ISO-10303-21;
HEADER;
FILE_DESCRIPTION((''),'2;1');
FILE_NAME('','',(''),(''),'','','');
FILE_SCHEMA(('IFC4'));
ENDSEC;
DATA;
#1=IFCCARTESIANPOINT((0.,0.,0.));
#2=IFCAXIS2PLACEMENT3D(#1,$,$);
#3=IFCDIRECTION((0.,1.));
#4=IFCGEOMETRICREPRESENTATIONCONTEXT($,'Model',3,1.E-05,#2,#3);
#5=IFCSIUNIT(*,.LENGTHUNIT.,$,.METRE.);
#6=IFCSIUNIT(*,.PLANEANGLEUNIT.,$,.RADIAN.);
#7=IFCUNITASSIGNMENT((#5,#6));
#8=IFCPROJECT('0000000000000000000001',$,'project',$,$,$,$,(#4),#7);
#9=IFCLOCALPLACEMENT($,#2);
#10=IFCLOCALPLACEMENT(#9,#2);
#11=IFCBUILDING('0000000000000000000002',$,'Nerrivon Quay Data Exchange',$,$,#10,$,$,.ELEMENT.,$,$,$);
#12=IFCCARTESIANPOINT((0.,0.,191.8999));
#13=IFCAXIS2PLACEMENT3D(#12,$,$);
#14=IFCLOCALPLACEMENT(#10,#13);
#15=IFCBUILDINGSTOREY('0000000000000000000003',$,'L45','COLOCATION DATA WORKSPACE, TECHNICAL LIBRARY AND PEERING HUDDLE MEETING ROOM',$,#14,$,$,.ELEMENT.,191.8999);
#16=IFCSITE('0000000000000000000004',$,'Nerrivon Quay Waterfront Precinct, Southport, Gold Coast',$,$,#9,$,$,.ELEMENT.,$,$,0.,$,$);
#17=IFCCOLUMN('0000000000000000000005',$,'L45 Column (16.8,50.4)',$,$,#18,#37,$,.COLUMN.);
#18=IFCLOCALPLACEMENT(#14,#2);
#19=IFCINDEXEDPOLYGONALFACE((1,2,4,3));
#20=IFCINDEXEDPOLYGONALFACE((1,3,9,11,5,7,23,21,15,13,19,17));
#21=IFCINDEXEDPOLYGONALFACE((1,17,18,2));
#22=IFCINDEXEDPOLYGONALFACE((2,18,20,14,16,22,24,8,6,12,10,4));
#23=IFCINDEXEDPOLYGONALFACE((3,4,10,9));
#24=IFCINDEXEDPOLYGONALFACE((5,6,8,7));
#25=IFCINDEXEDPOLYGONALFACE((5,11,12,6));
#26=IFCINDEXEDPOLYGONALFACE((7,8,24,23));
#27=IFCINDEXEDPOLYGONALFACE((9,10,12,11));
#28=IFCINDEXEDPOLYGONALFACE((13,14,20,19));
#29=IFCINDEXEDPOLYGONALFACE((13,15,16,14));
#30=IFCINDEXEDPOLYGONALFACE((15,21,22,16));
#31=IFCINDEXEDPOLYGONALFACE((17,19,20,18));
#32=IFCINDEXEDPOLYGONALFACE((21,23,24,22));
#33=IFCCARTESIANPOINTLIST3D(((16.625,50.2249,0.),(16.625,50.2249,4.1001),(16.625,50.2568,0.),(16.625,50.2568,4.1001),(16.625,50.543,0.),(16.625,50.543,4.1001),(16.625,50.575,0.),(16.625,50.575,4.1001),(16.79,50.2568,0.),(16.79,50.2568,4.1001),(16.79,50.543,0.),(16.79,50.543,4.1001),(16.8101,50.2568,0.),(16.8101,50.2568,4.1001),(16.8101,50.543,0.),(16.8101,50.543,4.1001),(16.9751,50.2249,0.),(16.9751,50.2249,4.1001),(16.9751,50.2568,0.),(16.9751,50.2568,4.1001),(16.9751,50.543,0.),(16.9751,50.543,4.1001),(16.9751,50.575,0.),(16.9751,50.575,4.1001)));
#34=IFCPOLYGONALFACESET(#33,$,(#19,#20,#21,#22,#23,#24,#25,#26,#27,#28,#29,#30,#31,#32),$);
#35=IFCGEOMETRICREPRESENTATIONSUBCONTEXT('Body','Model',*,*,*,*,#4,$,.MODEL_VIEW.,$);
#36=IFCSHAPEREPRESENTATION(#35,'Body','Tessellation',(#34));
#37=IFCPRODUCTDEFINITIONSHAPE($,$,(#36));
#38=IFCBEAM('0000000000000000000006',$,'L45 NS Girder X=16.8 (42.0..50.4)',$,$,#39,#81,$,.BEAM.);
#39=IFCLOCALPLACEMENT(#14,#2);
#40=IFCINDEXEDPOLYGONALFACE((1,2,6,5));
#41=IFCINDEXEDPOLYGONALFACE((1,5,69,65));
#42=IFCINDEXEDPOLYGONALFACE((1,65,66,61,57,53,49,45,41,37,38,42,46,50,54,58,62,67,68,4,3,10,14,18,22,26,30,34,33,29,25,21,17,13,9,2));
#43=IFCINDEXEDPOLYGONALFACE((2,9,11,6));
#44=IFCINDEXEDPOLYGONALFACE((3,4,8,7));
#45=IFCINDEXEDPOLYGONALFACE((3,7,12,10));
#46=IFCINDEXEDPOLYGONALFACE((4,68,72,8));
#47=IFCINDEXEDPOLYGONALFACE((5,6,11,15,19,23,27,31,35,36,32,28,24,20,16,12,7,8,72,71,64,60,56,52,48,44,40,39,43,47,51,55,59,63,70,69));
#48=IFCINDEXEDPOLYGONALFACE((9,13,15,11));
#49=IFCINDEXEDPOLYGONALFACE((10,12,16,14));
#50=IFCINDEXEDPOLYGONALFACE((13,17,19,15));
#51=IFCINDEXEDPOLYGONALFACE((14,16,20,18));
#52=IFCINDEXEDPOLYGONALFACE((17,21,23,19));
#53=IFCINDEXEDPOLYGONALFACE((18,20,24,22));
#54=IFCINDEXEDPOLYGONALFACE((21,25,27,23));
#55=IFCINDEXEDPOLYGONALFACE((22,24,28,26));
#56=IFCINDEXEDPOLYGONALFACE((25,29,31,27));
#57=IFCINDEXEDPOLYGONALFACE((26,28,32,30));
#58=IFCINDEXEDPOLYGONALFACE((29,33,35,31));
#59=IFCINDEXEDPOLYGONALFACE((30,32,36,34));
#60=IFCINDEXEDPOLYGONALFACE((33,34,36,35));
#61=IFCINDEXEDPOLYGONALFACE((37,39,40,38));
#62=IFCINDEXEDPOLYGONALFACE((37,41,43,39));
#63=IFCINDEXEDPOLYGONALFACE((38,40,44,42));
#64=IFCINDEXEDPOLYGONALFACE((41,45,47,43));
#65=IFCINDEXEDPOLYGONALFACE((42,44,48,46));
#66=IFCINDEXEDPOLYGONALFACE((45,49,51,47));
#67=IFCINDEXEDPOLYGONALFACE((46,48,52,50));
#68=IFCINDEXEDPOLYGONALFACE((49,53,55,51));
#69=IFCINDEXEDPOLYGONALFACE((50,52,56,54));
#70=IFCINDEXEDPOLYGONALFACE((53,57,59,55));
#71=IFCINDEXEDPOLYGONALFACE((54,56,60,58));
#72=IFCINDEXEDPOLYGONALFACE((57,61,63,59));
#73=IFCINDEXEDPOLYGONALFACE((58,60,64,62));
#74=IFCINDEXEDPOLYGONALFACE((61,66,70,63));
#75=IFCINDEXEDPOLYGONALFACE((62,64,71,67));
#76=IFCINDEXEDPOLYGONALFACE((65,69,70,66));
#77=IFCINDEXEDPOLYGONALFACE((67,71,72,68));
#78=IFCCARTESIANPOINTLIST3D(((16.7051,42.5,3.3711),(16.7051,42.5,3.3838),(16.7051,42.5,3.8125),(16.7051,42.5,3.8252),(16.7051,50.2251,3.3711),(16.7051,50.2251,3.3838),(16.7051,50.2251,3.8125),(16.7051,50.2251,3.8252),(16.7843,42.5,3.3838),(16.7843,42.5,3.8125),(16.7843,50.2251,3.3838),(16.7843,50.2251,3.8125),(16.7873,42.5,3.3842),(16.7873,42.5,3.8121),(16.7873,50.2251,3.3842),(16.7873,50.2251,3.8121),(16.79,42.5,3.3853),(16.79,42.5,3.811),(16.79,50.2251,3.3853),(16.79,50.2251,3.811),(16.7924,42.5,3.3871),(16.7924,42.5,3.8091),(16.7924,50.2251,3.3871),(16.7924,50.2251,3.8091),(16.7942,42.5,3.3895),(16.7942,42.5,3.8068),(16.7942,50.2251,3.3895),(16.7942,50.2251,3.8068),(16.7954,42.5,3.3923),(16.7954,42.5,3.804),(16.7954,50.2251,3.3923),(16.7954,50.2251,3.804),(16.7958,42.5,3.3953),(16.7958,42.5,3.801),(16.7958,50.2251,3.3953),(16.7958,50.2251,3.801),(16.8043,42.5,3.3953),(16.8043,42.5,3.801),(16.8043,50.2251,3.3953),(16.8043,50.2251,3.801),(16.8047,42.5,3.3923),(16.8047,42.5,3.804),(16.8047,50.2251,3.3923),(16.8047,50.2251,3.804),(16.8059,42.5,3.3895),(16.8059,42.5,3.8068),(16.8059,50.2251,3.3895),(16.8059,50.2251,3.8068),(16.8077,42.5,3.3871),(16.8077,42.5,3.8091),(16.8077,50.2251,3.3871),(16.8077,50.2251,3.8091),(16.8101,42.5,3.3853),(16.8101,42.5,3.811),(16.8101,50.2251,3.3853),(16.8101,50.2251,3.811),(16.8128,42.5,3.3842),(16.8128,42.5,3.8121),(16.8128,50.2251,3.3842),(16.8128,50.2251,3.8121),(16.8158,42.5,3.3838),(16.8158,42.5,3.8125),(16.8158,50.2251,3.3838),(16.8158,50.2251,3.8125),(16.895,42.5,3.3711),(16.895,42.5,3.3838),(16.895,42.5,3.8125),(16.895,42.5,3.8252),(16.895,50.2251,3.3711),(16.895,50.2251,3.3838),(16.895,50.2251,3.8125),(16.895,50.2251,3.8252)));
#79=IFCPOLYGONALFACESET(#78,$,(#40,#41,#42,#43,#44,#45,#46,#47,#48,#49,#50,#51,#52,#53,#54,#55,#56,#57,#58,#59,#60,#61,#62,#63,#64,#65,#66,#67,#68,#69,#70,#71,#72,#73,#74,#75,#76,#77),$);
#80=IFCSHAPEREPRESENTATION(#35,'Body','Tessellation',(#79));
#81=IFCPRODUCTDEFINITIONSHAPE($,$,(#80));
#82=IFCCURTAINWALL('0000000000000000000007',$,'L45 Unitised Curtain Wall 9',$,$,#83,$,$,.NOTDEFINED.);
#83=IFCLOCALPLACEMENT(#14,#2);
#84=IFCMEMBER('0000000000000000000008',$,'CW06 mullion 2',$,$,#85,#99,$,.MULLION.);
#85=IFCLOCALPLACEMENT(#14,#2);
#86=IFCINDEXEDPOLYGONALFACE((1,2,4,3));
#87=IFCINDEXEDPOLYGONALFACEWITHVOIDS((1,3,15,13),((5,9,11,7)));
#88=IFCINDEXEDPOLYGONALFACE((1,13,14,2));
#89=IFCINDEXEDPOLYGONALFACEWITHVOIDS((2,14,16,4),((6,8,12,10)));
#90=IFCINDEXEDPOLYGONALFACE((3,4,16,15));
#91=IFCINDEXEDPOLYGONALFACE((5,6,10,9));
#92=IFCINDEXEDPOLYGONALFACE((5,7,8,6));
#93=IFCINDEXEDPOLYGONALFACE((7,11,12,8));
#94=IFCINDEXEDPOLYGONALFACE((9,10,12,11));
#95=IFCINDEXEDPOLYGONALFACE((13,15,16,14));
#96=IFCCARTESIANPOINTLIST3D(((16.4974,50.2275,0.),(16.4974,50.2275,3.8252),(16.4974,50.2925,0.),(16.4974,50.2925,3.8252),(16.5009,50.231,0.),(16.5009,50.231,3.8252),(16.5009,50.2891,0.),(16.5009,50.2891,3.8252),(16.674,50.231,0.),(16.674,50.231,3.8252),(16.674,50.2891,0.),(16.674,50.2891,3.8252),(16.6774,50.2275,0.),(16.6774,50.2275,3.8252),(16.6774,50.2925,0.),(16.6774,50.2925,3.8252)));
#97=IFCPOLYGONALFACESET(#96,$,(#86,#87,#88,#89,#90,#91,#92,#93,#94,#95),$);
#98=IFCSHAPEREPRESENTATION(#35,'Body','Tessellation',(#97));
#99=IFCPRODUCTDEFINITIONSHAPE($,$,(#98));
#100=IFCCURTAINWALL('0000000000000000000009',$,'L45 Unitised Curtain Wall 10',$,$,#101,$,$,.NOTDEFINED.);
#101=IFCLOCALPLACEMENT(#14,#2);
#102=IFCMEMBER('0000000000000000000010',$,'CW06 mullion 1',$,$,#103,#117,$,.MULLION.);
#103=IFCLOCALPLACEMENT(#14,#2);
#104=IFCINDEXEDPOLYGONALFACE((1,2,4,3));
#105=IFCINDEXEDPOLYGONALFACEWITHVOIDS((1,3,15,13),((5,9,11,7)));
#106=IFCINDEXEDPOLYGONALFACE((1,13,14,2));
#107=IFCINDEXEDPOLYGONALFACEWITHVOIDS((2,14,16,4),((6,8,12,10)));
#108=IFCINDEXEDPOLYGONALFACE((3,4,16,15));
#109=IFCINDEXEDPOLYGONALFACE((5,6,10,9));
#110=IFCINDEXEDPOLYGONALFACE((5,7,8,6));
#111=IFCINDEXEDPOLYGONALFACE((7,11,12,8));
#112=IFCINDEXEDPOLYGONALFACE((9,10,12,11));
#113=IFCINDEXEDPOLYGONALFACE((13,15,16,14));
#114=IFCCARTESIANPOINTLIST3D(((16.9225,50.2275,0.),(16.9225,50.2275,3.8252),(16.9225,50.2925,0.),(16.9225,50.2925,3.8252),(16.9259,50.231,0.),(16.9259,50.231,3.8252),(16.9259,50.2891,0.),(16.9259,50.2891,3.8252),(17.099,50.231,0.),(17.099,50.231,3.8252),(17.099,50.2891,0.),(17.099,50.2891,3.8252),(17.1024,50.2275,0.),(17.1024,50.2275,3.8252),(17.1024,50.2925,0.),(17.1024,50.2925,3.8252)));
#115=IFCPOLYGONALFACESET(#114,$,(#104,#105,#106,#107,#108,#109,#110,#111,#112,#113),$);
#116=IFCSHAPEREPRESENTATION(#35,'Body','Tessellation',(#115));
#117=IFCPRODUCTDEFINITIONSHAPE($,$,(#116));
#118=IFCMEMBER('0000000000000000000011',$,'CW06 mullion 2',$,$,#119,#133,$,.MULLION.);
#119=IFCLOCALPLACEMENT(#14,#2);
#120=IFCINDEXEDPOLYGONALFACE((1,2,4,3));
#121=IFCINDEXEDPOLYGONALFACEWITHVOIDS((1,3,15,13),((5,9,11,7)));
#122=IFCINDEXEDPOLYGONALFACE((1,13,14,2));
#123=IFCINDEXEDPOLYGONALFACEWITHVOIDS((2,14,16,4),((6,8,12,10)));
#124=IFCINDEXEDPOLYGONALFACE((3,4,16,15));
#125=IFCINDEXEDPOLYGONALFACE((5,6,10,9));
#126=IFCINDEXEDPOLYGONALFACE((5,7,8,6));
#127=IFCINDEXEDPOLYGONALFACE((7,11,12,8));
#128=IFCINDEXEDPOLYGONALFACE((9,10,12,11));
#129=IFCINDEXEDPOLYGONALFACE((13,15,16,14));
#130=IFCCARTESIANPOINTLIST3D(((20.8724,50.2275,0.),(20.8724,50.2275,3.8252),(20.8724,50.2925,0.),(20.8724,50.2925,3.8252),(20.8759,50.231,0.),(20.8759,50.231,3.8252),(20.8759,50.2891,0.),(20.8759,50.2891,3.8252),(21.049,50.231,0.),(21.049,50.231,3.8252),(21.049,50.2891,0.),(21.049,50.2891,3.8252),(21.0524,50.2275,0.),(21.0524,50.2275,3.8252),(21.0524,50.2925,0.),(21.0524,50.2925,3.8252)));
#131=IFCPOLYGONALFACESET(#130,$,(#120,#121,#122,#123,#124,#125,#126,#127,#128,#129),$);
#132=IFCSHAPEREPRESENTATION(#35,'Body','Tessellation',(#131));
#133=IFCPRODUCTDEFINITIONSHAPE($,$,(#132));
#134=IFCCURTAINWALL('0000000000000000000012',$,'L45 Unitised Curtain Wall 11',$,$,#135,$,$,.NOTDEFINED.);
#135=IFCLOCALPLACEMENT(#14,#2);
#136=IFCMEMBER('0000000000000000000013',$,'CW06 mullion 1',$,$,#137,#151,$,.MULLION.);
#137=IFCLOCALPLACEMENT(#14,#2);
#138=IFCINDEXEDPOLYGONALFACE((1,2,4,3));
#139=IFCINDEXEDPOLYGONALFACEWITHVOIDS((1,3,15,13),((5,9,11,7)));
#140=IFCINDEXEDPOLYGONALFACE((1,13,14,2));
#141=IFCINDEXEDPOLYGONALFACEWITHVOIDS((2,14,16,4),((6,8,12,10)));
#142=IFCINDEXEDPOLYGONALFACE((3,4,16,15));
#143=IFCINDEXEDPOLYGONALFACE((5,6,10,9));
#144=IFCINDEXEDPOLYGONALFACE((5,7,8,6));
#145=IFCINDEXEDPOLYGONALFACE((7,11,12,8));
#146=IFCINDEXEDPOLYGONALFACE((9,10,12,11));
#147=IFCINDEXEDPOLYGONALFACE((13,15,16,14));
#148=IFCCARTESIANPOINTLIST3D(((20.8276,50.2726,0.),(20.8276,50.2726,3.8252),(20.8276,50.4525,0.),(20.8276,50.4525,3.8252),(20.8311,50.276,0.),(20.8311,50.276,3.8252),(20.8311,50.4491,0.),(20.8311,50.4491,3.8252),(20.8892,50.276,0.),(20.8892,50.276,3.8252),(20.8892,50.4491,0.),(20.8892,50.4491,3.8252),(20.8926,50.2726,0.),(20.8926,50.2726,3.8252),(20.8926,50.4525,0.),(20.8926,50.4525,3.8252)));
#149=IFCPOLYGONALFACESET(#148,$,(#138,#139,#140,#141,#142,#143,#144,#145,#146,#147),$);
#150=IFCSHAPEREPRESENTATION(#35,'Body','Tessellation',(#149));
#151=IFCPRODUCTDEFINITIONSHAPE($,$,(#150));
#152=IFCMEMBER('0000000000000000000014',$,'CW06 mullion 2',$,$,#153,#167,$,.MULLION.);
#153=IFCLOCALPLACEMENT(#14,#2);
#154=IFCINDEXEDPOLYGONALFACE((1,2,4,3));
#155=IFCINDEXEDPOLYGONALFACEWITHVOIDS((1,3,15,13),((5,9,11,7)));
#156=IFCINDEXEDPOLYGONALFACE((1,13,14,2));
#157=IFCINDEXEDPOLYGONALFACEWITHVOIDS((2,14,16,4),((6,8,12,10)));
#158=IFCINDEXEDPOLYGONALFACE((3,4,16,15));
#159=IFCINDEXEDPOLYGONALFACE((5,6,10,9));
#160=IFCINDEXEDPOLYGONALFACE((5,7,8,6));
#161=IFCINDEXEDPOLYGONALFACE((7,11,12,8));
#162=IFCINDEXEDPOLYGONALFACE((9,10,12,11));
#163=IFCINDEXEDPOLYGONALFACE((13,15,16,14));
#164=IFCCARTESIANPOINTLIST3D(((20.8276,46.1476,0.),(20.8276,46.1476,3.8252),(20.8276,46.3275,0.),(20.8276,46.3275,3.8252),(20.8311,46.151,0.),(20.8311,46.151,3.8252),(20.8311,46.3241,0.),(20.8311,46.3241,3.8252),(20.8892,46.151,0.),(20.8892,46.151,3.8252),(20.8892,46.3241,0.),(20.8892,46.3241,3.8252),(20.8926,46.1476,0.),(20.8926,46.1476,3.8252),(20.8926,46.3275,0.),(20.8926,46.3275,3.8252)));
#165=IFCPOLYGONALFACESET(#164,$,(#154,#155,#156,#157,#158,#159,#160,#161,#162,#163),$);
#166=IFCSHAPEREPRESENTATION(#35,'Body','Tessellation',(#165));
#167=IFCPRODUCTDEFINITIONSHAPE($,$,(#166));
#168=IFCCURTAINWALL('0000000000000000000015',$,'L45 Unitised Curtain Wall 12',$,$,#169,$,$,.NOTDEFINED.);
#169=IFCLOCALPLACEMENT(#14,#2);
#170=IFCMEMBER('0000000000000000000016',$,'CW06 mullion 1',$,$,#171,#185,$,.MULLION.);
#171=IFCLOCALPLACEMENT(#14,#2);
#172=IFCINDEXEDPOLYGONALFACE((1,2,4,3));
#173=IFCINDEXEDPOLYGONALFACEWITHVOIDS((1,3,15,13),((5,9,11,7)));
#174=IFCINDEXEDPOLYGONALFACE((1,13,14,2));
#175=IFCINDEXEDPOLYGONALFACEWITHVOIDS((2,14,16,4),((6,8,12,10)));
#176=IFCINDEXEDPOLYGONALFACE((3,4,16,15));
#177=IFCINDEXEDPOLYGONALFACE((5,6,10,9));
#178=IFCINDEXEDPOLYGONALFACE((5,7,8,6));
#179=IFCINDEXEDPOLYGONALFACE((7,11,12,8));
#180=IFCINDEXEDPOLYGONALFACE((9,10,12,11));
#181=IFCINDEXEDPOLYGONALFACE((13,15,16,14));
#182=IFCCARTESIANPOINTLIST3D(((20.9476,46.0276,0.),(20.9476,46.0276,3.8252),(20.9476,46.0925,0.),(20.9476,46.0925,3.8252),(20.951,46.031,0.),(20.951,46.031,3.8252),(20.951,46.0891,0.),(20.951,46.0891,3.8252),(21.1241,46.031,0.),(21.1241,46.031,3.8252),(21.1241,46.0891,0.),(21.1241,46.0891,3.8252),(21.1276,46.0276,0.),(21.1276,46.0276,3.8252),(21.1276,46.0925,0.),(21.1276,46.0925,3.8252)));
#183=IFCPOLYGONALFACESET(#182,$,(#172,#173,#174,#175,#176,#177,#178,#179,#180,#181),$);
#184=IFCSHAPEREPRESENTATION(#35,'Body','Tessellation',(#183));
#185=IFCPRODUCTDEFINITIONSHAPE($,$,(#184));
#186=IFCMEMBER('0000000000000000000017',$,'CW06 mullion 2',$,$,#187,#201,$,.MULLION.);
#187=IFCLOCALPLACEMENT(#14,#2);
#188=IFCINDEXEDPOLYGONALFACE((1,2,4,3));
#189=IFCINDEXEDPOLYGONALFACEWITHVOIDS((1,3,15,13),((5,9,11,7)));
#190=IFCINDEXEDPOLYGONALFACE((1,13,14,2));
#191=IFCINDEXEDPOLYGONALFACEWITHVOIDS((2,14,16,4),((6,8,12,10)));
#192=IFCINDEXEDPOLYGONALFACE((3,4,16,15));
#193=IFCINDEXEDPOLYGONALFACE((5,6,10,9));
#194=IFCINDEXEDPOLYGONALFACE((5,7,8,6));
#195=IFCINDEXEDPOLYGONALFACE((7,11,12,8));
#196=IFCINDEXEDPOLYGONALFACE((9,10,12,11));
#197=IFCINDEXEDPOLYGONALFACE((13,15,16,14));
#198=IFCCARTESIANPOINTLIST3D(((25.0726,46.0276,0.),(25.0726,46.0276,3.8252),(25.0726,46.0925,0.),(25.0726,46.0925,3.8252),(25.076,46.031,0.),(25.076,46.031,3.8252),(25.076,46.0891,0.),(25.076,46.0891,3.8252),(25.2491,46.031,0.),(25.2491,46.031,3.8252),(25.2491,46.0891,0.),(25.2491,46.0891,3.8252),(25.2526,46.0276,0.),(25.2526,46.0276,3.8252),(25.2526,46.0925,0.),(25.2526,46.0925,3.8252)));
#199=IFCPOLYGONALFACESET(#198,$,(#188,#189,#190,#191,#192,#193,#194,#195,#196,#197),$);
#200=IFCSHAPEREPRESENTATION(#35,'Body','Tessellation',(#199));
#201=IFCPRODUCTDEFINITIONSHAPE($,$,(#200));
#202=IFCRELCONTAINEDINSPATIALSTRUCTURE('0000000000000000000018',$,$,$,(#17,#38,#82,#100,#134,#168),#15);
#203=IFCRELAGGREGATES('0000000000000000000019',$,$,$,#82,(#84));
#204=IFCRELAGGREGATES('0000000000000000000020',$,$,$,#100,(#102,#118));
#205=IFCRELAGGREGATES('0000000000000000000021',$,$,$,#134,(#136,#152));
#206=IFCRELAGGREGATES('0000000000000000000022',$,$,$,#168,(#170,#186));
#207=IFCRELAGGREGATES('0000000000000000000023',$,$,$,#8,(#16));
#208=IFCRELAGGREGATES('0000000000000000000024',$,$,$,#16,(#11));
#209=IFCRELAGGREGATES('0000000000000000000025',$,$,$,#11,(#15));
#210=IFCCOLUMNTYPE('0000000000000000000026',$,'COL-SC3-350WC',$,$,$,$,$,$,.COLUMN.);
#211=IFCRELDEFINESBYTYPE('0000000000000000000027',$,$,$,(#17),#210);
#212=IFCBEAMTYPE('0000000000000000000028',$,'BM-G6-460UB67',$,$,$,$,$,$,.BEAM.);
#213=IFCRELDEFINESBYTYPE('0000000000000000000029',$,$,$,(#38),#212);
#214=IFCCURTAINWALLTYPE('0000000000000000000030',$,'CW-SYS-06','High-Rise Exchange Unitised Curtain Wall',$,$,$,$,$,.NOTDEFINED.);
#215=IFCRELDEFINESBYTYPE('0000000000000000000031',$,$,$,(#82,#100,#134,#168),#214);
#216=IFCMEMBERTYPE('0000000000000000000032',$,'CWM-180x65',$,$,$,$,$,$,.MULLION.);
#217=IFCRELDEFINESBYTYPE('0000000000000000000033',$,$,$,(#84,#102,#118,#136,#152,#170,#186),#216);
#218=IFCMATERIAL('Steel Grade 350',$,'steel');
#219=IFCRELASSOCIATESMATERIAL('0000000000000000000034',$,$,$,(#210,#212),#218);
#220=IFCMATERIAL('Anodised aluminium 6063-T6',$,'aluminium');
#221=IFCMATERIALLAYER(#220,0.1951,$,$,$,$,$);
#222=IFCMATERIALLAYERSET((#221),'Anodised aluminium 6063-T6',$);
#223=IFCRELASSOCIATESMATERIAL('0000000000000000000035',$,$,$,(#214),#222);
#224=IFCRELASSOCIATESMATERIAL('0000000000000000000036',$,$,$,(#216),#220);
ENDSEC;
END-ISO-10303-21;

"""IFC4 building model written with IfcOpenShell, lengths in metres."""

from ifc_helpers import new_model, si_unit, direction, frame, origin, origin_2d, place, context, subcontext, project, spatial, hollow_rectangle, i_section, extrude, material, layer, layer_set, material_profile, profile_set, type_object, element, aggregate, save


model = new_model("IFC4")

# Units and contexts
model_context = context("Model", 3, precision=1e-05, world=origin(), true_north=direction((0.0, 1.0)))
body_context = subcontext(model_context, "Body", "Model", "MODEL_VIEW")
ifc_project = project(units=[si_unit("LENGTHUNIT", "METRE"), si_unit("PLANEANGLEUNIT", "RADIAN")], contexts=[model_context])

# Site, building, storey
site_placement = place(None, origin())
site = spatial("IfcSite", under=ifc_project, at=site_placement, Name="Nerrivon Quay Waterfront Precinct, Southport, Gold Coast", CompositionType="ELEMENT", RefElevation=0.0)
building_placement = place(site_placement, origin())
building = spatial("IfcBuilding", under=site, at=building_placement, Name="Nerrivon Quay Data Exchange", CompositionType="ELEMENT")
storey_placement = place(building_placement, frame((0.0, 0.0, 191.8999)))
storey = spatial("IfcBuildingStorey", under=building, at=storey_placement, Name="L45", Description="COLOCATION DATA WORKSPACE, TECHNICAL LIBRARY AND PEERING HUDDLE MEETING ROOM", CompositionType="ELEMENT", Elevation=191.8999)

# Column
ifc_material_1 = material(Name="Steel Grade 350", Category="steel")
ifc_material_profile_1 = material_profile(ifc_material_1, i_section(OverallWidth=0.3501, OverallDepth=0.3501, WebThickness=0.02, FlangeThickness=0.032, at=origin_2d()), Name="350WC230")
ifc_profile_set_1 = profile_set([ifc_material_profile_1], Name="Steel Grade 350")
column_type = type_object("IfcColumnType", Name="COL-SC3-350WC", PredefinedType="COLUMN", material=ifc_profile_set_1)
column_placement = place(storey_placement, frame((16.8, 50.3999, 0.0), z_axis=(0.0, 0.0, 1.0), x_axis=(1.0, 0.0, 0.0)))
element("IfcColumn", 1, at=column_placement, inside=storey, type_object=column_type, Name="L45 Column (16.8,50.4)", PredefinedType="COLUMN", context=body_context, shape_type="SweptSolid", body=[
    extrude(i_section(OverallWidth=0.3501, OverallDepth=0.3501, WebThickness=0.02, FlangeThickness=0.032, at=origin_2d()), origin(), (0.0, 0.0, 1.0), 4.1001),
])

# Beam
ifc_material_profile_2 = material_profile(ifc_material_1, i_section(OverallWidth=0.1899, OverallDepth=0.4541, WebThickness=0.0085, FlangeThickness=0.0127, FilletRadius=0.0115, at=origin_2d()), Name="460UB67.1")
ifc_profile_set_2 = profile_set([ifc_material_profile_2], Name="Steel Grade 350")
beam_type = type_object("IfcBeamType", Name="BM-G6-460UB67", PredefinedType="BEAM", material=ifc_profile_set_2)
beam_placement = place(storey_placement, frame((16.8, 42.5, 3.5981), z_axis=(0.0, 1.0, 0.0), x_axis=(-1.0, 0.0, 0.0)))
element("IfcBeam", 2, at=beam_placement, inside=storey, type_object=beam_type, Name="L45 NS Girder X=16.8 (42.0..50.4)", PredefinedType="BEAM", context=body_context, shape_type="SweptSolid", body=[
    extrude(i_section(OverallWidth=0.1899, OverallDepth=0.4541, WebThickness=0.0085, FlangeThickness=0.0127, FilletRadius=0.0115, at=origin_2d()), origin(), (0.0, 0.0, 1.0), 7.7251),
])

# Curtain wall, member
ifc_material_2 = material(Name="Anodised aluminium 6063-T6", Category="aluminium")
ifc_layer_1 = layer(ifc_material_2, 0.1951)
ifc_layer_set_1 = layer_set([ifc_layer_1], Name="Anodised aluminium 6063-T6")
curtain_wall_type = type_object("IfcCurtainWallType", Name="CW-SYS-06", Description="High-Rise Exchange Unitised Curtain Wall", PredefinedType="NOTDEFINED", material=ifc_layer_set_1)
curtain_wall_1_placement = place(storey_placement, origin())
curtain_wall_1 = element("IfcCurtainWall", 3, at=curtain_wall_1_placement, inside=storey, type_object=curtain_wall_type, Name="L45 Unitised Curtain Wall 9", PredefinedType="NOTDEFINED")
ifc_material_profile_3 = material_profile(ifc_material_2, hollow_rectangle(XDim=0.0649, YDim=0.1799, WallThickness=0.0034, at=origin_2d()), Name="ALU-MULL-180x65")
ifc_profile_set_3 = profile_set([ifc_material_profile_3], Name="Anodised aluminium 6063-T6")
member_type_1 = type_object("IfcMemberType", Name="CWM-180x65", PredefinedType="MULLION", material=ifc_profile_set_3)
member_1_placement = place(storey_placement, frame((16.5874, 50.26, 0.0), z_axis=(0.0, 0.0, 1.0), x_axis=(0.0, 1.0, 0.0)))
member_1 = element("IfcMember", 4, at=member_1_placement, type_object=member_type_1, Name="CW06 mullion 2", PredefinedType="MULLION", context=body_context, shape_type="SweptSolid", body=[
    extrude(hollow_rectangle(XDim=0.0649, YDim=0.1799, WallThickness=0.0034, at=origin_2d()), origin(), (0.0, 0.0, 1.0), 3.8252),
])
aggregate(curtain_wall_1, [member_1])

# Curtain walls, members
curtain_wall_2_placement = place(storey_placement, origin())
curtain_wall_2 = element("IfcCurtainWall", 5, at=curtain_wall_2_placement, inside=storey, type_object=curtain_wall_type, Name="L45 Unitised Curtain Wall 10", PredefinedType="NOTDEFINED")
member_2_placement = place(storey_placement, frame((17.0125, 50.26, 0.0), z_axis=(0.0, 0.0, 1.0), x_axis=(0.0, 1.0, 0.0)))
member_2 = element("IfcMember", 6, at=member_2_placement, type_object=member_type_1, Name="CW06 mullion 1", PredefinedType="MULLION", context=body_context, shape_type="SweptSolid", body=[
    extrude(hollow_rectangle(XDim=0.0649, YDim=0.1799, WallThickness=0.0034, at=origin_2d()), origin(), (0.0, 0.0, 1.0), 3.8252),
])
member_3_placement = place(storey_placement, frame((20.9624, 50.26, 0.0), z_axis=(0.0, 0.0, 1.0), x_axis=(0.0, 1.0, 0.0)))
member_3 = element("IfcMember", 7, at=member_3_placement, type_object=member_type_1, Name="CW06 mullion 2", PredefinedType="MULLION", context=body_context, shape_type="SweptSolid", body=[
    extrude(hollow_rectangle(XDim=0.0649, YDim=0.1799, WallThickness=0.0034, at=origin_2d()), origin(), (0.0, 0.0, 1.0), 3.8252),
])
curtain_wall_3_placement = place(storey_placement, origin())
curtain_wall_3 = element("IfcCurtainWall", 8, at=curtain_wall_3_placement, inside=storey, type_object=curtain_wall_type, Name="L45 Unitised Curtain Wall 11", PredefinedType="NOTDEFINED")
member_4_placement = place(storey_placement, frame((20.8601, 50.3625, 0.0), z_axis=(0.0, 0.0, 1.0), x_axis=(1.0, 0.0, 0.0)))
member_4 = element("IfcMember", 9, at=member_4_placement, type_object=member_type_1, Name="CW06 mullion 1", PredefinedType="MULLION", context=body_context, shape_type="SweptSolid", body=[
    extrude(hollow_rectangle(XDim=0.0649, YDim=0.1799, WallThickness=0.0034, at=origin_2d()), origin(), (0.0, 0.0, 1.0), 3.8252),
])
member_5_placement = place(storey_placement, frame((20.8601, 46.2375, 0.0), z_axis=(0.0, 0.0, 1.0), x_axis=(1.0, 0.0, 0.0)))
member_5 = element("IfcMember", 10, at=member_5_placement, type_object=member_type_1, Name="CW06 mullion 2", PredefinedType="MULLION", context=body_context, shape_type="SweptSolid", body=[
    extrude(hollow_rectangle(XDim=0.0649, YDim=0.1799, WallThickness=0.0034, at=origin_2d()), origin(), (0.0, 0.0, 1.0), 3.8252),
])
curtain_wall_4_placement = place(storey_placement, origin())
curtain_wall_4 = element("IfcCurtainWall", 11, at=curtain_wall_4_placement, inside=storey, type_object=curtain_wall_type, Name="L45 Unitised Curtain Wall 12", PredefinedType="NOTDEFINED")
member_6_placement = place(storey_placement, frame((21.0376, 46.0601, 0.0), z_axis=(0.0, 0.0, 1.0), x_axis=(0.0, 1.0, 0.0)))
member_6 = element("IfcMember", 12, at=member_6_placement, type_object=member_type_1, Name="CW06 mullion 1", PredefinedType="MULLION", context=body_context, shape_type="SweptSolid", body=[
    extrude(hollow_rectangle(XDim=0.0649, YDim=0.1799, WallThickness=0.0034, at=origin_2d()), origin(), (0.0, 0.0, 1.0), 3.8252),
])
member_7_placement = place(storey_placement, frame((25.1626, 46.0601, 0.0), z_axis=(0.0, 0.0, 1.0), x_axis=(0.0, 1.0, 0.0)))
member_7 = element("IfcMember", 13, at=member_7_placement, type_object=member_type_1, Name="CW06 mullion 2", PredefinedType="MULLION", context=body_context, shape_type="SweptSolid", body=[
    extrude(hollow_rectangle(XDim=0.0649, YDim=0.1799, WallThickness=0.0034, at=origin_2d()), origin(), (0.0, 0.0, 1.0), 3.8252),
])

aggregate(curtain_wall_2, [member_2, member_3])
aggregate(curtain_wall_3, [member_4, member_5])
aggregate(curtain_wall_4, [member_6, member_7])

save(model, "model.ifc")
